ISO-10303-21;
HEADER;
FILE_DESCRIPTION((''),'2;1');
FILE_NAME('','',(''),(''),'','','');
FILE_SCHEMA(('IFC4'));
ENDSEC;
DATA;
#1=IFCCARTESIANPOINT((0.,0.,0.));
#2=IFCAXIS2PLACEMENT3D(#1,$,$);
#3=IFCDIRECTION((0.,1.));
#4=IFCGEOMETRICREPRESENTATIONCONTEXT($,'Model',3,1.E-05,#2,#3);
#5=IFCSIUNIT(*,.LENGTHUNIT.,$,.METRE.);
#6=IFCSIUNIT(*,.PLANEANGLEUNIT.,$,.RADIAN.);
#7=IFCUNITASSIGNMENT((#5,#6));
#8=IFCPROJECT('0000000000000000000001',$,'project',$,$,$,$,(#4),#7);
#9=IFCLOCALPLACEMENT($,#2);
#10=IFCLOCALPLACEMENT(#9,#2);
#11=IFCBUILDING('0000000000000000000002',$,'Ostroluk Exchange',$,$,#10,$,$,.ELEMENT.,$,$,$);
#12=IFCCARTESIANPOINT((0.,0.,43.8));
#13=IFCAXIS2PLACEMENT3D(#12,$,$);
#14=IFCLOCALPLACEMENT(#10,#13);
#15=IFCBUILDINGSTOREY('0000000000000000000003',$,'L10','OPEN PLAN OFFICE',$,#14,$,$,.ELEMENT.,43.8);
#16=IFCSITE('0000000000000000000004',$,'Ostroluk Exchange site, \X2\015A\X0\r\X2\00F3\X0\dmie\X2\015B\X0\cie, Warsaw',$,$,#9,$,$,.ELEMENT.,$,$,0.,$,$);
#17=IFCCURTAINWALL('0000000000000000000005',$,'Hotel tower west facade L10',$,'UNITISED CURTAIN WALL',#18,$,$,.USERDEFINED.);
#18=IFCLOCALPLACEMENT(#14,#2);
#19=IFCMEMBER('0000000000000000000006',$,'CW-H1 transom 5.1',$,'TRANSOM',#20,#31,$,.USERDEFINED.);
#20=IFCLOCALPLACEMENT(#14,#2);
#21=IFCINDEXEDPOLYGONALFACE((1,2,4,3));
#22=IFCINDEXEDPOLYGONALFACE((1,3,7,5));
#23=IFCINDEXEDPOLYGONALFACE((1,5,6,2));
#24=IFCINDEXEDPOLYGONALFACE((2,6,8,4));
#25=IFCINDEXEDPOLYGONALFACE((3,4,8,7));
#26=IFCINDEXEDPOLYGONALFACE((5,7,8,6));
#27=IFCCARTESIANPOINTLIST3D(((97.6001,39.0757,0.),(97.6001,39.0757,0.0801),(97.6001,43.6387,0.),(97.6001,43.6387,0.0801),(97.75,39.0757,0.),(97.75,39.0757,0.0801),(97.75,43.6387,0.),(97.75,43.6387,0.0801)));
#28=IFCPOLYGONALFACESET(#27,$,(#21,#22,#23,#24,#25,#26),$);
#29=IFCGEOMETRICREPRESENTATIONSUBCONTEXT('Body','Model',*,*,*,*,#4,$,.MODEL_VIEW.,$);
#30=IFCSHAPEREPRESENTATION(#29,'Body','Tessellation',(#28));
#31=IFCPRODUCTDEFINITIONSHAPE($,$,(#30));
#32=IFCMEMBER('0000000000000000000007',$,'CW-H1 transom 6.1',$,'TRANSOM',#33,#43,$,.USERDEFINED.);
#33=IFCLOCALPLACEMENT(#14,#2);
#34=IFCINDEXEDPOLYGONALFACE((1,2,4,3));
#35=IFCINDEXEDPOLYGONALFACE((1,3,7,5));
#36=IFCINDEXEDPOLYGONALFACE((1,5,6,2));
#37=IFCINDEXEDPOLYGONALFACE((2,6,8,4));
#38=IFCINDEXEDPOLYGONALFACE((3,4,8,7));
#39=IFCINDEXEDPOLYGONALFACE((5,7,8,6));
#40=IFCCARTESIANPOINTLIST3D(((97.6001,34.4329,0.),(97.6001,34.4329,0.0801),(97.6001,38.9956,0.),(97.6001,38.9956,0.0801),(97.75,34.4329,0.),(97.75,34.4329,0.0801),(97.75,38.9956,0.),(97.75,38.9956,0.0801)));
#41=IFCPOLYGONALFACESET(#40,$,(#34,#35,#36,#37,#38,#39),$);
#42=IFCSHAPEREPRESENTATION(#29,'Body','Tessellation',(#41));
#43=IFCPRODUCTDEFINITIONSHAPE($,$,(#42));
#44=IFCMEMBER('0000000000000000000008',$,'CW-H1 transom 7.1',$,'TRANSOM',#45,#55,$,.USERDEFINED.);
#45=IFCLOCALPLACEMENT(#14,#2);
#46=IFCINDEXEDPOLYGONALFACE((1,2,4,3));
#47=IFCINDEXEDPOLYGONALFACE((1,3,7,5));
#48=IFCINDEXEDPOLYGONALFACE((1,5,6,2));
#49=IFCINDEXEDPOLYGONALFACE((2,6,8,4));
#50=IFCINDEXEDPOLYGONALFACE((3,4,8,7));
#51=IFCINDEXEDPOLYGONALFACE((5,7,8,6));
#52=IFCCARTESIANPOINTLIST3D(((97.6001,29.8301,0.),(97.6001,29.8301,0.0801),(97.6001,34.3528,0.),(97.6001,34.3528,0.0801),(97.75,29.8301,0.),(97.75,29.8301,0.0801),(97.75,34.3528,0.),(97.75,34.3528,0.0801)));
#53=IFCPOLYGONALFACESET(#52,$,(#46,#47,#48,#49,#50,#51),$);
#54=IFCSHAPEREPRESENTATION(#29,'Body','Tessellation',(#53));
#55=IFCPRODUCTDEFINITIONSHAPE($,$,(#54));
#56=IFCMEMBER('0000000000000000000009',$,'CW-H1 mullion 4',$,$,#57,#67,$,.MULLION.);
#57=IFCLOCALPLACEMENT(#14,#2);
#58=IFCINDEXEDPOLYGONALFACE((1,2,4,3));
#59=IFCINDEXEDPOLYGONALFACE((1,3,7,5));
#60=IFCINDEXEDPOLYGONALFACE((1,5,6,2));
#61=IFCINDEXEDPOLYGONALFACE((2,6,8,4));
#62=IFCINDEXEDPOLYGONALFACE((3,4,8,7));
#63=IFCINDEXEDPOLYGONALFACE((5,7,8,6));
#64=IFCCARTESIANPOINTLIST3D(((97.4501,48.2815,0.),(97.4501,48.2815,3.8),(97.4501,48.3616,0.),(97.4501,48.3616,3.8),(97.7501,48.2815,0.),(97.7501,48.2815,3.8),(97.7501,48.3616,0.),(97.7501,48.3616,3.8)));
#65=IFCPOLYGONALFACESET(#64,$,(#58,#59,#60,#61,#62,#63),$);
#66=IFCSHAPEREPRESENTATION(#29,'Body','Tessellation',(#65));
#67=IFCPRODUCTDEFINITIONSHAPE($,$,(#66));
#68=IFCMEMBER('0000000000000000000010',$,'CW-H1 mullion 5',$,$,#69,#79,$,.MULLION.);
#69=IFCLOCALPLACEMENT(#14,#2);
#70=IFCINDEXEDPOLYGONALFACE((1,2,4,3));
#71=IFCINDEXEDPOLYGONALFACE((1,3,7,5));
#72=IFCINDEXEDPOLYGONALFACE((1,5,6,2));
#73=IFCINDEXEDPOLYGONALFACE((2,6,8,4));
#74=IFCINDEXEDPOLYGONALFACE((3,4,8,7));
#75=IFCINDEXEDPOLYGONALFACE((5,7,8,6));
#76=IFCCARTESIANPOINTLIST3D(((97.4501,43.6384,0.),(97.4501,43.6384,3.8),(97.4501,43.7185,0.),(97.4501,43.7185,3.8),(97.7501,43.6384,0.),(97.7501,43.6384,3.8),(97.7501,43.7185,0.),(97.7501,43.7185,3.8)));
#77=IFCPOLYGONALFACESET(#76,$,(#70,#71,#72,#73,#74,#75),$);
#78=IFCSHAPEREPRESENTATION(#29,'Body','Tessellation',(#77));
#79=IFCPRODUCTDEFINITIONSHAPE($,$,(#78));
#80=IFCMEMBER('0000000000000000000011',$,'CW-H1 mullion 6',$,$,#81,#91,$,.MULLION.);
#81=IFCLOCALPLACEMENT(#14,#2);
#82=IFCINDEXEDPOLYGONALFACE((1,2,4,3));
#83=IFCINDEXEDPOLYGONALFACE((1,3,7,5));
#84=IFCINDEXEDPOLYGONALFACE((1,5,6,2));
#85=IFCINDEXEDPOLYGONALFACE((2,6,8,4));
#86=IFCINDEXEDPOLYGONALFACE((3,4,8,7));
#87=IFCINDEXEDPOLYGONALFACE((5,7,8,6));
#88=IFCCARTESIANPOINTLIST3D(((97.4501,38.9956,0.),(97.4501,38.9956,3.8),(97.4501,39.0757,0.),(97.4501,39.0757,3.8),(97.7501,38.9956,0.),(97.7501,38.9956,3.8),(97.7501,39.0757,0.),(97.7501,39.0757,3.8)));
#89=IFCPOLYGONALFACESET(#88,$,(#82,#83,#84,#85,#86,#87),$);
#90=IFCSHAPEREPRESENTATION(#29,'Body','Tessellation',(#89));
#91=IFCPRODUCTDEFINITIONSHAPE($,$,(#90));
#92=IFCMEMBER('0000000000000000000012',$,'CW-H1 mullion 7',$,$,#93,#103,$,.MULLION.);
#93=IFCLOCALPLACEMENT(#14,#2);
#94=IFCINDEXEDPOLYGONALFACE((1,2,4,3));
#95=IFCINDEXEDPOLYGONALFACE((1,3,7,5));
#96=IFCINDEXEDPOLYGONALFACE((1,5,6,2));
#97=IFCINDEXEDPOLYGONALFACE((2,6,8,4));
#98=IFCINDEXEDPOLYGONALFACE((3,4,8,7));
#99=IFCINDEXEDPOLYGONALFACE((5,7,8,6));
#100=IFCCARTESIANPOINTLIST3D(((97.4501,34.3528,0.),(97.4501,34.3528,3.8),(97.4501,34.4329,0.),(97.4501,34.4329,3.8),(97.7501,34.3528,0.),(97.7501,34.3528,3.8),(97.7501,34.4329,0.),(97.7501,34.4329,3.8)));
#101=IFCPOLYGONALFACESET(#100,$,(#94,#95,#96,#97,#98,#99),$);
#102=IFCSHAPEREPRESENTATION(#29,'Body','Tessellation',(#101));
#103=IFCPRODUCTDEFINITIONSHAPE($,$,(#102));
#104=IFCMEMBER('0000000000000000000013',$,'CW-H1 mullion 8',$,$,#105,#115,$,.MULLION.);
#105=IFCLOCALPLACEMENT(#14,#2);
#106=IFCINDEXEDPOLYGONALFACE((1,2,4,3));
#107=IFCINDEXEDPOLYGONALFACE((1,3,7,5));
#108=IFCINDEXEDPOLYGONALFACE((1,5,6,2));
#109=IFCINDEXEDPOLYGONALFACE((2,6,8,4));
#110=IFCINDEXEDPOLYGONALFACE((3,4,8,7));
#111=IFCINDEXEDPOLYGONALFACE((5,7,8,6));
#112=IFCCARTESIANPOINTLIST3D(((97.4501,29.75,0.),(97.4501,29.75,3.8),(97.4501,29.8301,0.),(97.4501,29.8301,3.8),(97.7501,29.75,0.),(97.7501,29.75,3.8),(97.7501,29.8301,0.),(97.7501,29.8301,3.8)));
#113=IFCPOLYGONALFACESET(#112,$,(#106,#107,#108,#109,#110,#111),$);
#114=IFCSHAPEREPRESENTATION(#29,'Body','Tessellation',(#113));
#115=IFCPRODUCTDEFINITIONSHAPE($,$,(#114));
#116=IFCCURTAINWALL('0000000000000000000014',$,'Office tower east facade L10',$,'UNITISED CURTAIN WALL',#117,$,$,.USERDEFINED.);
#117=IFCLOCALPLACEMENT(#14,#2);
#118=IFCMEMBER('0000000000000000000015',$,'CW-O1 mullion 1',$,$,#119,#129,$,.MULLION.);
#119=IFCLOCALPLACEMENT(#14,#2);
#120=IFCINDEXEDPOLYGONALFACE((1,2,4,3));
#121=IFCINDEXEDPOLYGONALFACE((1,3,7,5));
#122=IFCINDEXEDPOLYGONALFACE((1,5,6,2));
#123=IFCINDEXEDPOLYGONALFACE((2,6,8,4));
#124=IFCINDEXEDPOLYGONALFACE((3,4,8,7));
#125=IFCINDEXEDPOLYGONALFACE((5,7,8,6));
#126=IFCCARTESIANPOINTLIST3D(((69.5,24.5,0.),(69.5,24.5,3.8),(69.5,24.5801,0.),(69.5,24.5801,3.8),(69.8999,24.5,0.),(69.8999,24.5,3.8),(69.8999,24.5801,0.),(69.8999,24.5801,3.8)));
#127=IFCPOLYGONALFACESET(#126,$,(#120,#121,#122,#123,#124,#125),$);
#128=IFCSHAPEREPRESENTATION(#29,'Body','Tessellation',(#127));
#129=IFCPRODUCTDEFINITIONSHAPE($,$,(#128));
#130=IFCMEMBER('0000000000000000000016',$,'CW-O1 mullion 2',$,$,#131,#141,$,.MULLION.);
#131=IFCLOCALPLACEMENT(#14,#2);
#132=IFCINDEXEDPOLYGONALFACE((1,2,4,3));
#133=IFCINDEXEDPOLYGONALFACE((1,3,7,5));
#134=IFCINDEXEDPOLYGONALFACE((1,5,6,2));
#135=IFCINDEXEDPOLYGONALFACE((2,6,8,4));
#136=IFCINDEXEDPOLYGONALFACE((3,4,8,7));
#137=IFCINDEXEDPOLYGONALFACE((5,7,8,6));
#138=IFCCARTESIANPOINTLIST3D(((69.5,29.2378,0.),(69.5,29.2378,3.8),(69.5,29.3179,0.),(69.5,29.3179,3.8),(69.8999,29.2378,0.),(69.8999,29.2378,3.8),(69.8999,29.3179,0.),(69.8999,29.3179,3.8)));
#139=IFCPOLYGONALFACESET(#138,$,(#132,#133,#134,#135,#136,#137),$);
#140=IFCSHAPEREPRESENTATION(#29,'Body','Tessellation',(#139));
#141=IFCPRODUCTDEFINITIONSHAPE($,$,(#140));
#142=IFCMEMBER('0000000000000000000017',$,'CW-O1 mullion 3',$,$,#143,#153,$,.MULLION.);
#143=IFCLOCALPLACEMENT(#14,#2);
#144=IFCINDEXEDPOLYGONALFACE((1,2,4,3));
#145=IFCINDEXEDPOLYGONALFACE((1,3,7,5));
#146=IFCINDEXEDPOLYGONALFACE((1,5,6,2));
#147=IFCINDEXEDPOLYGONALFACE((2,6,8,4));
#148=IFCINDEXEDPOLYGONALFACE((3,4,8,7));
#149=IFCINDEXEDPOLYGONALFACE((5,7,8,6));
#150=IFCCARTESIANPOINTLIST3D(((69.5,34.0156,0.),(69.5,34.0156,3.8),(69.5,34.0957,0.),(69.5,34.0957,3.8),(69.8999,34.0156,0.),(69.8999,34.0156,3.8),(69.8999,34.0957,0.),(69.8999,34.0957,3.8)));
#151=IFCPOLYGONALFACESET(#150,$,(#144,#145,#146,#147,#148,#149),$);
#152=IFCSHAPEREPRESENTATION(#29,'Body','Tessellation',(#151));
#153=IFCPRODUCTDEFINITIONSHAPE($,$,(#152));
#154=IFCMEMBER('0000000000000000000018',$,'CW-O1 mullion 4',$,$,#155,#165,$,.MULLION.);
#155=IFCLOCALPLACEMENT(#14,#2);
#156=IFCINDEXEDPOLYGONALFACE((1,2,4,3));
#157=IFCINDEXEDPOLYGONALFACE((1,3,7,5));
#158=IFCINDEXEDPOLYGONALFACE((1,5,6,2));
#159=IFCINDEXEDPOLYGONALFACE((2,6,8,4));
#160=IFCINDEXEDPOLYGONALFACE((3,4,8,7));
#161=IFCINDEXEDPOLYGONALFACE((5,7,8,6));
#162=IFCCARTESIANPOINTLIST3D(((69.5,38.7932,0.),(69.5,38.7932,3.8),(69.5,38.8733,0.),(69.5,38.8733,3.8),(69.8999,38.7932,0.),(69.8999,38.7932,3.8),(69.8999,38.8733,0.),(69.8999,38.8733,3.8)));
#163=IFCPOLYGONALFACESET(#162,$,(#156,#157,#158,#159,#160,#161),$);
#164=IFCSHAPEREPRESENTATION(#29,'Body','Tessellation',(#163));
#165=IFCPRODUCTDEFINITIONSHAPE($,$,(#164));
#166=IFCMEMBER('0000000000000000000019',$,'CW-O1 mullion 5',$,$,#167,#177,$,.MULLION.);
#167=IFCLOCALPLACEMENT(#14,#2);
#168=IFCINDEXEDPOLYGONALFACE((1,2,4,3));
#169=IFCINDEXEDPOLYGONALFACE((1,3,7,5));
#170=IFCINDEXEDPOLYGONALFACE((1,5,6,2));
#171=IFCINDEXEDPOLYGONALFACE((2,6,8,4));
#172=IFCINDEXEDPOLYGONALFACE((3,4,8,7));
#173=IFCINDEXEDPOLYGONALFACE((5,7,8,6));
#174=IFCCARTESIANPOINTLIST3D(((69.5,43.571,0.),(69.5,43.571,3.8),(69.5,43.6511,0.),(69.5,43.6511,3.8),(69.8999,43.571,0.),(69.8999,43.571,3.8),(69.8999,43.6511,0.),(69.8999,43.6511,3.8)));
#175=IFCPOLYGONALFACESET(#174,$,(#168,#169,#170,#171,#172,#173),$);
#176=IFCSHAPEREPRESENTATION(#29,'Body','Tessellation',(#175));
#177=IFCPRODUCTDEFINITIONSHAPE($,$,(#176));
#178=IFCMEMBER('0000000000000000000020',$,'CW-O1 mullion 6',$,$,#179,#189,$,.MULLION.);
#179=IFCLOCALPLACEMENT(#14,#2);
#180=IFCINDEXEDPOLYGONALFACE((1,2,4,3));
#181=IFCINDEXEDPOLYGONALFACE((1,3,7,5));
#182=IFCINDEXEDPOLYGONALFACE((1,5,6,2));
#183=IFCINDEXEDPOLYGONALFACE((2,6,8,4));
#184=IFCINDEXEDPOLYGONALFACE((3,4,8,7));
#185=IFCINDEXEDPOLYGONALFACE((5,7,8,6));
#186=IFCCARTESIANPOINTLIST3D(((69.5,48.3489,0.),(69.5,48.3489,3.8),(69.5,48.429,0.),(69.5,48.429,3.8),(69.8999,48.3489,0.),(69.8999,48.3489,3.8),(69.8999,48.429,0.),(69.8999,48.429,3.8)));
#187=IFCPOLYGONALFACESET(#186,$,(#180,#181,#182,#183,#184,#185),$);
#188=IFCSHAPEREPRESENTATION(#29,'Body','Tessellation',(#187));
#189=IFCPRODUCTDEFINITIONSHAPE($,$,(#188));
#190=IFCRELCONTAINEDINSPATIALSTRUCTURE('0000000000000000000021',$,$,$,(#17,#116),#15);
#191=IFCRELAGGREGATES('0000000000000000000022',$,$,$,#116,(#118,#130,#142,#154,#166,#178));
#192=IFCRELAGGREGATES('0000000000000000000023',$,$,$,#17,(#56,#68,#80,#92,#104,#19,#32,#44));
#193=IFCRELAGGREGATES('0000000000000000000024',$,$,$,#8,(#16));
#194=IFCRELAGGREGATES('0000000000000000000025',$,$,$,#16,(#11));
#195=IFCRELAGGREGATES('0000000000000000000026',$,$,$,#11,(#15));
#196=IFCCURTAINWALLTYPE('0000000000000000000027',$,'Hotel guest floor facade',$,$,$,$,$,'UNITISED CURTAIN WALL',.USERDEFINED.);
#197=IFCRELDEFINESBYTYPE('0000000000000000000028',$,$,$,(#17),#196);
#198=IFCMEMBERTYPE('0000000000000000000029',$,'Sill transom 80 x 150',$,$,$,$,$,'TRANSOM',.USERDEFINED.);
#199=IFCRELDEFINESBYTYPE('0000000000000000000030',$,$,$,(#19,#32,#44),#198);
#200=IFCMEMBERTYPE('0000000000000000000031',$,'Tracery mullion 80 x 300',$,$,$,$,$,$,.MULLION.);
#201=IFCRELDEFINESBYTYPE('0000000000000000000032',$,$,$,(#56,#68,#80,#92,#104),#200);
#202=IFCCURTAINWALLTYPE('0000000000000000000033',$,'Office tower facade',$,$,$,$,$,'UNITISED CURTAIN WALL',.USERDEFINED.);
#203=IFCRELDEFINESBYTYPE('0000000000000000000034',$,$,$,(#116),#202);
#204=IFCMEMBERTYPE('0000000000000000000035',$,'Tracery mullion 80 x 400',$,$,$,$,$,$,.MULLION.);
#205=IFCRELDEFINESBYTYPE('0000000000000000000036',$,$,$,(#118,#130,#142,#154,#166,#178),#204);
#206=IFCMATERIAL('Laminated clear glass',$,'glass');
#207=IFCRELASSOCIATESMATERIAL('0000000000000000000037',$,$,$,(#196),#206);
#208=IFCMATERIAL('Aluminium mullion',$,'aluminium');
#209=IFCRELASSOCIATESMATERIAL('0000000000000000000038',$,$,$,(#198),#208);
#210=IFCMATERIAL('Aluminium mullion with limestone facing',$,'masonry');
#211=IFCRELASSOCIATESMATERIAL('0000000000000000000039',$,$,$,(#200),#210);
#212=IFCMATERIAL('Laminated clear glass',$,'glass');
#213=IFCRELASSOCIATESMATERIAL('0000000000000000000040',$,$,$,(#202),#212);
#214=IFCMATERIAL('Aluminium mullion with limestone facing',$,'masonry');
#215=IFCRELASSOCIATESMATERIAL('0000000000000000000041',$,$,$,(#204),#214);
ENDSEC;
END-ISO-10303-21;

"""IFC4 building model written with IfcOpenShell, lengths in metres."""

from ifc_helpers import new_model, si_unit, direction, frame, origin, origin_2d, place, context, subcontext, project, spatial, rectangle, extrude, material, material_profile, profile_set, type_object, element, aggregate, save


model = new_model("IFC4")

# Units and contexts
model_context = context("Model", 3, precision=1e-05, world=origin(), true_north=direction((0.0, 1.0)))
body_context = subcontext(model_context, "Body", "Model", "MODEL_VIEW")
ifc_project = project(units=[si_unit("LENGTHUNIT", "METRE"), si_unit("PLANEANGLEUNIT", "RADIAN")], contexts=[model_context])

# Site, building, storey
site_placement = place(None, origin())
site = spatial("IfcSite", under=ifc_project, at=site_placement, Name="Ostroluk Exchange site, Śródmieście, Warsaw", CompositionType="ELEMENT", RefElevation=0.0)
building_placement = place(site_placement, origin())
building = spatial("IfcBuilding", under=site, at=building_placement, Name="Ostroluk Exchange", CompositionType="ELEMENT")
storey_placement = place(building_placement, frame((0.0, 0.0, 43.8)))
storey = spatial("IfcBuildingStorey", under=building, at=storey_placement, Name="L10", Description="OPEN PLAN OFFICE", CompositionType="ELEMENT", Elevation=43.8)

# Curtain walls, members
ifc_material_1 = material(Name="Laminated clear glass", Category="glass")
curtain_wall_type_1 = type_object("IfcCurtainWallType", Name="Hotel guest floor facade", ElementType="UNITISED CURTAIN WALL", PredefinedType="USERDEFINED", material=ifc_material_1)
curtain_wall_1_placement = place(storey_placement, origin())
curtain_wall_1 = element("IfcCurtainWall", 1, at=curtain_wall_1_placement, inside=storey, type_object=curtain_wall_type_1, Name="Hotel tower west facade L10", ObjectType="UNITISED CURTAIN WALL", PredefinedType="USERDEFINED")
ifc_material_2 = material(Name="Aluminium mullion", Category="aluminium")
ifc_material_profile_1 = material_profile(ifc_material_2, rectangle(XDim=0.1499, YDim=0.0801, at=origin_2d()), Name="Sill transom 80 x 150")
ifc_profile_set_1 = profile_set([ifc_material_profile_1], Name="Aluminium mullion")
member_type_1 = type_object("IfcMemberType", Name="Sill transom 80 x 150", ElementType="TRANSOM", PredefinedType="USERDEFINED", material=ifc_profile_set_1)
member_1_placement = place(storey_placement, frame((97.675, 43.6387, 0.04), z_axis=(0.0, -1.0, 0.0), x_axis=(1.0, 0.0, 0.0)))
member_1 = element("IfcMember", 2, at=member_1_placement, type_object=member_type_1, Name="CW-H1 transom 5.1", ObjectType="TRANSOM", PredefinedType="USERDEFINED", context=body_context, shape_type="SweptSolid", body=[
    extrude(rectangle(XDim=0.1499, YDim=0.0801, at=origin_2d()), origin(), (0.0, 0.0, 1.0), 4.563),
])
member_2_placement = place(storey_placement, frame((97.675, 38.9956, 0.04), z_axis=(0.0, -1.0, 0.0), x_axis=(1.0, 0.0, 0.0)))
member_2 = element("IfcMember", 3, at=member_2_placement, type_object=member_type_1, Name="CW-H1 transom 6.1", ObjectType="TRANSOM", PredefinedType="USERDEFINED", context=body_context, shape_type="SweptSolid", body=[
    extrude(rectangle(XDim=0.1499, YDim=0.0801, at=origin_2d()), origin(), (0.0, 0.0, 1.0), 4.5627),
])
member_3_placement = place(storey_placement, frame((97.675, 34.3528, 0.04), z_axis=(0.0, -1.0, 0.0), x_axis=(1.0, 0.0, 0.0)))
member_3 = element("IfcMember", 4, at=member_3_placement, type_object=member_type_1, Name="CW-H1 transom 7.1", ObjectType="TRANSOM", PredefinedType="USERDEFINED", context=body_context, shape_type="SweptSolid", body=[
    extrude(rectangle(XDim=0.1499, YDim=0.0801, at=origin_2d()), origin(), (0.0, 0.0, 1.0), 4.5227),
])
ifc_material_3 = material(Name="Aluminium mullion with limestone facing", Category="masonry")
ifc_material_profile_2 = material_profile(ifc_material_3, rectangle(XDim=0.3, YDim=0.0801, at=origin_2d()), Name="Tracery mullion 80 x 300")
ifc_profile_set_2 = profile_set([ifc_material_profile_2], Name="Aluminium mullion with limestone facing")
member_type_2 = type_object("IfcMemberType", Name="Tracery mullion 80 x 300", PredefinedType="MULLION", material=ifc_profile_set_2)
member_4_placement = place(storey_placement, frame((97.6001, 48.3215, 0.0), z_axis=(0.0, 0.0, 1.0), x_axis=(1.0, 0.0, 0.0)))
member_4 = element("IfcMember", 5, at=member_4_placement, type_object=member_type_2, Name="CW-H1 mullion 4", PredefinedType="MULLION", context=body_context, shape_type="SweptSolid", body=[
    extrude(rectangle(XDim=0.3, YDim=0.0801, at=origin_2d()), origin(), (0.0, 0.0, 1.0), 3.8),
])
member_5_placement = place(storey_placement, frame((97.6001, 43.6785, 0.0), z_axis=(0.0, 0.0, 1.0), x_axis=(1.0, 0.0, 0.0)))
member_5 = element("IfcMember", 6, at=member_5_placement, type_object=member_type_2, Name="CW-H1 mullion 5", PredefinedType="MULLION", context=body_context, shape_type="SweptSolid", body=[
    extrude(rectangle(XDim=0.3, YDim=0.0801, at=origin_2d()), origin(), (0.0, 0.0, 1.0), 3.8),
])
member_6_placement = place(storey_placement, frame((97.6001, 39.0356, 0.0), z_axis=(0.0, 0.0, 1.0), x_axis=(1.0, 0.0, 0.0)))
member_6 = element("IfcMember", 7, at=member_6_placement, type_object=member_type_2, Name="CW-H1 mullion 6", PredefinedType="MULLION", context=body_context, shape_type="SweptSolid", body=[
    extrude(rectangle(XDim=0.3, YDim=0.0801, at=origin_2d()), origin(), (0.0, 0.0, 1.0), 3.8),
])
member_7_placement = place(storey_placement, frame((97.6001, 34.3928, 0.0), z_axis=(0.0, 0.0, 1.0), x_axis=(1.0, 0.0, 0.0)))
member_7 = element("IfcMember", 8, at=member_7_placement, type_object=member_type_2, Name="CW-H1 mullion 7", PredefinedType="MULLION", context=body_context, shape_type="SweptSolid", body=[
    extrude(rectangle(XDim=0.3, YDim=0.0801, at=origin_2d()), origin(), (0.0, 0.0, 1.0), 3.8),
])
member_8_placement = place(storey_placement, frame((97.6001, 29.79, 0.0), z_axis=(0.0, 0.0, 1.0), x_axis=(1.0, 0.0, 0.0)))
member_8 = element("IfcMember", 9, at=member_8_placement, type_object=member_type_2, Name="CW-H1 mullion 8", PredefinedType="MULLION", context=body_context, shape_type="SweptSolid", body=[
    extrude(rectangle(XDim=0.3, YDim=0.0801, at=origin_2d()), origin(), (0.0, 0.0, 1.0), 3.8),
])
ifc_material_4 = material(Name="Laminated clear glass", Category="glass")
curtain_wall_type_2 = type_object("IfcCurtainWallType", Name="Office tower facade", ElementType="UNITISED CURTAIN WALL", PredefinedType="USERDEFINED", material=ifc_material_4)
curtain_wall_2_placement = place(storey_placement, origin())
curtain_wall_2 = element("IfcCurtainWall", 10, at=curtain_wall_2_placement, inside=storey, type_object=curtain_wall_type_2, Name="Office tower east facade L10", ObjectType="UNITISED CURTAIN WALL", PredefinedType="USERDEFINED")
ifc_material_5 = material(Name="Aluminium mullion with limestone facing", Category="masonry")
ifc_material_profile_3 = material_profile(ifc_material_5, rectangle(XDim=0.3999, YDim=0.0801, at=origin_2d()), Name="Tracery mullion 80 x 400")
ifc_profile_set_3 = profile_set([ifc_material_profile_3], Name="Aluminium mullion with limestone facing")
member_type_3 = type_object("IfcMemberType", Name="Tracery mullion 80 x 400", PredefinedType="MULLION", material=ifc_profile_set_3)
member_9_placement = place(storey_placement, frame((69.7, 24.54, 0.0), z_axis=(0.0, 0.0, 1.0), x_axis=(-1.0, 0.0, 0.0)))
member_9 = element("IfcMember", 11, at=member_9_placement, type_object=member_type_3, Name="CW-O1 mullion 1", PredefinedType="MULLION", context=body_context, shape_type="SweptSolid", body=[
    extrude(rectangle(XDim=0.3999, YDim=0.0801, at=origin_2d()), origin(), (0.0, 0.0, 1.0), 3.8),
])
member_10_placement = place(storey_placement, frame((69.7, 29.2778, 0.0), z_axis=(0.0, 0.0, 1.0), x_axis=(-1.0, 0.0, 0.0)))
member_10 = element("IfcMember", 12, at=member_10_placement, type_object=member_type_3, Name="CW-O1 mullion 2", PredefinedType="MULLION", context=body_context, shape_type="SweptSolid", body=[
    extrude(rectangle(XDim=0.3999, YDim=0.0801, at=origin_2d()), origin(), (0.0, 0.0, 1.0), 3.8),
])
member_11_placement = place(storey_placement, frame((69.7, 34.0557, 0.0), z_axis=(0.0, 0.0, 1.0), x_axis=(-1.0, 0.0, 0.0)))
member_11 = element("IfcMember", 13, at=member_11_placement, type_object=member_type_3, Name="CW-O1 mullion 3", PredefinedType="MULLION", context=body_context, shape_type="SweptSolid", body=[
    extrude(rectangle(XDim=0.3999, YDim=0.0801, at=origin_2d()), origin(), (0.0, 0.0, 1.0), 3.8),
])
member_12_placement = place(storey_placement, frame((69.7, 38.8333, 0.0), z_axis=(0.0, 0.0, 1.0), x_axis=(-1.0, 0.0, 0.0)))
member_12 = element("IfcMember", 14, at=member_12_placement, type_object=member_type_3, Name="CW-O1 mullion 4", PredefinedType="MULLION", context=body_context, shape_type="SweptSolid", body=[
    extrude(rectangle(XDim=0.3999, YDim=0.0801, at=origin_2d()), origin(), (0.0, 0.0, 1.0), 3.8),
])
member_13_placement = place(storey_placement, frame((69.7, 43.6111, 0.0), z_axis=(0.0, 0.0, 1.0), x_axis=(-1.0, 0.0, 0.0)))
member_13 = element("IfcMember", 15, at=member_13_placement, type_object=member_type_3, Name="CW-O1 mullion 5", PredefinedType="MULLION", context=body_context, shape_type="SweptSolid", body=[
    extrude(rectangle(XDim=0.3999, YDim=0.0801, at=origin_2d()), origin(), (0.0, 0.0, 1.0), 3.8),
])
member_14_placement = place(storey_placement, frame((69.7, 48.3889, 0.0), z_axis=(0.0, 0.0, 1.0), x_axis=(-1.0, 0.0, 0.0)))
member_14 = element("IfcMember", 16, at=member_14_placement, type_object=member_type_3, Name="CW-O1 mullion 6", PredefinedType="MULLION", context=body_context, shape_type="SweptSolid", body=[
    extrude(rectangle(XDim=0.3999, YDim=0.0801, at=origin_2d()), origin(), (0.0, 0.0, 1.0), 3.8),
])
aggregate(curtain_wall_2, [member_9, member_10, member_11, member_12, member_13, member_14])

aggregate(curtain_wall_1, [member_4, member_5, member_6, member_7, member_8, member_1, member_2, member_3])

save(model, "model.ifc")
